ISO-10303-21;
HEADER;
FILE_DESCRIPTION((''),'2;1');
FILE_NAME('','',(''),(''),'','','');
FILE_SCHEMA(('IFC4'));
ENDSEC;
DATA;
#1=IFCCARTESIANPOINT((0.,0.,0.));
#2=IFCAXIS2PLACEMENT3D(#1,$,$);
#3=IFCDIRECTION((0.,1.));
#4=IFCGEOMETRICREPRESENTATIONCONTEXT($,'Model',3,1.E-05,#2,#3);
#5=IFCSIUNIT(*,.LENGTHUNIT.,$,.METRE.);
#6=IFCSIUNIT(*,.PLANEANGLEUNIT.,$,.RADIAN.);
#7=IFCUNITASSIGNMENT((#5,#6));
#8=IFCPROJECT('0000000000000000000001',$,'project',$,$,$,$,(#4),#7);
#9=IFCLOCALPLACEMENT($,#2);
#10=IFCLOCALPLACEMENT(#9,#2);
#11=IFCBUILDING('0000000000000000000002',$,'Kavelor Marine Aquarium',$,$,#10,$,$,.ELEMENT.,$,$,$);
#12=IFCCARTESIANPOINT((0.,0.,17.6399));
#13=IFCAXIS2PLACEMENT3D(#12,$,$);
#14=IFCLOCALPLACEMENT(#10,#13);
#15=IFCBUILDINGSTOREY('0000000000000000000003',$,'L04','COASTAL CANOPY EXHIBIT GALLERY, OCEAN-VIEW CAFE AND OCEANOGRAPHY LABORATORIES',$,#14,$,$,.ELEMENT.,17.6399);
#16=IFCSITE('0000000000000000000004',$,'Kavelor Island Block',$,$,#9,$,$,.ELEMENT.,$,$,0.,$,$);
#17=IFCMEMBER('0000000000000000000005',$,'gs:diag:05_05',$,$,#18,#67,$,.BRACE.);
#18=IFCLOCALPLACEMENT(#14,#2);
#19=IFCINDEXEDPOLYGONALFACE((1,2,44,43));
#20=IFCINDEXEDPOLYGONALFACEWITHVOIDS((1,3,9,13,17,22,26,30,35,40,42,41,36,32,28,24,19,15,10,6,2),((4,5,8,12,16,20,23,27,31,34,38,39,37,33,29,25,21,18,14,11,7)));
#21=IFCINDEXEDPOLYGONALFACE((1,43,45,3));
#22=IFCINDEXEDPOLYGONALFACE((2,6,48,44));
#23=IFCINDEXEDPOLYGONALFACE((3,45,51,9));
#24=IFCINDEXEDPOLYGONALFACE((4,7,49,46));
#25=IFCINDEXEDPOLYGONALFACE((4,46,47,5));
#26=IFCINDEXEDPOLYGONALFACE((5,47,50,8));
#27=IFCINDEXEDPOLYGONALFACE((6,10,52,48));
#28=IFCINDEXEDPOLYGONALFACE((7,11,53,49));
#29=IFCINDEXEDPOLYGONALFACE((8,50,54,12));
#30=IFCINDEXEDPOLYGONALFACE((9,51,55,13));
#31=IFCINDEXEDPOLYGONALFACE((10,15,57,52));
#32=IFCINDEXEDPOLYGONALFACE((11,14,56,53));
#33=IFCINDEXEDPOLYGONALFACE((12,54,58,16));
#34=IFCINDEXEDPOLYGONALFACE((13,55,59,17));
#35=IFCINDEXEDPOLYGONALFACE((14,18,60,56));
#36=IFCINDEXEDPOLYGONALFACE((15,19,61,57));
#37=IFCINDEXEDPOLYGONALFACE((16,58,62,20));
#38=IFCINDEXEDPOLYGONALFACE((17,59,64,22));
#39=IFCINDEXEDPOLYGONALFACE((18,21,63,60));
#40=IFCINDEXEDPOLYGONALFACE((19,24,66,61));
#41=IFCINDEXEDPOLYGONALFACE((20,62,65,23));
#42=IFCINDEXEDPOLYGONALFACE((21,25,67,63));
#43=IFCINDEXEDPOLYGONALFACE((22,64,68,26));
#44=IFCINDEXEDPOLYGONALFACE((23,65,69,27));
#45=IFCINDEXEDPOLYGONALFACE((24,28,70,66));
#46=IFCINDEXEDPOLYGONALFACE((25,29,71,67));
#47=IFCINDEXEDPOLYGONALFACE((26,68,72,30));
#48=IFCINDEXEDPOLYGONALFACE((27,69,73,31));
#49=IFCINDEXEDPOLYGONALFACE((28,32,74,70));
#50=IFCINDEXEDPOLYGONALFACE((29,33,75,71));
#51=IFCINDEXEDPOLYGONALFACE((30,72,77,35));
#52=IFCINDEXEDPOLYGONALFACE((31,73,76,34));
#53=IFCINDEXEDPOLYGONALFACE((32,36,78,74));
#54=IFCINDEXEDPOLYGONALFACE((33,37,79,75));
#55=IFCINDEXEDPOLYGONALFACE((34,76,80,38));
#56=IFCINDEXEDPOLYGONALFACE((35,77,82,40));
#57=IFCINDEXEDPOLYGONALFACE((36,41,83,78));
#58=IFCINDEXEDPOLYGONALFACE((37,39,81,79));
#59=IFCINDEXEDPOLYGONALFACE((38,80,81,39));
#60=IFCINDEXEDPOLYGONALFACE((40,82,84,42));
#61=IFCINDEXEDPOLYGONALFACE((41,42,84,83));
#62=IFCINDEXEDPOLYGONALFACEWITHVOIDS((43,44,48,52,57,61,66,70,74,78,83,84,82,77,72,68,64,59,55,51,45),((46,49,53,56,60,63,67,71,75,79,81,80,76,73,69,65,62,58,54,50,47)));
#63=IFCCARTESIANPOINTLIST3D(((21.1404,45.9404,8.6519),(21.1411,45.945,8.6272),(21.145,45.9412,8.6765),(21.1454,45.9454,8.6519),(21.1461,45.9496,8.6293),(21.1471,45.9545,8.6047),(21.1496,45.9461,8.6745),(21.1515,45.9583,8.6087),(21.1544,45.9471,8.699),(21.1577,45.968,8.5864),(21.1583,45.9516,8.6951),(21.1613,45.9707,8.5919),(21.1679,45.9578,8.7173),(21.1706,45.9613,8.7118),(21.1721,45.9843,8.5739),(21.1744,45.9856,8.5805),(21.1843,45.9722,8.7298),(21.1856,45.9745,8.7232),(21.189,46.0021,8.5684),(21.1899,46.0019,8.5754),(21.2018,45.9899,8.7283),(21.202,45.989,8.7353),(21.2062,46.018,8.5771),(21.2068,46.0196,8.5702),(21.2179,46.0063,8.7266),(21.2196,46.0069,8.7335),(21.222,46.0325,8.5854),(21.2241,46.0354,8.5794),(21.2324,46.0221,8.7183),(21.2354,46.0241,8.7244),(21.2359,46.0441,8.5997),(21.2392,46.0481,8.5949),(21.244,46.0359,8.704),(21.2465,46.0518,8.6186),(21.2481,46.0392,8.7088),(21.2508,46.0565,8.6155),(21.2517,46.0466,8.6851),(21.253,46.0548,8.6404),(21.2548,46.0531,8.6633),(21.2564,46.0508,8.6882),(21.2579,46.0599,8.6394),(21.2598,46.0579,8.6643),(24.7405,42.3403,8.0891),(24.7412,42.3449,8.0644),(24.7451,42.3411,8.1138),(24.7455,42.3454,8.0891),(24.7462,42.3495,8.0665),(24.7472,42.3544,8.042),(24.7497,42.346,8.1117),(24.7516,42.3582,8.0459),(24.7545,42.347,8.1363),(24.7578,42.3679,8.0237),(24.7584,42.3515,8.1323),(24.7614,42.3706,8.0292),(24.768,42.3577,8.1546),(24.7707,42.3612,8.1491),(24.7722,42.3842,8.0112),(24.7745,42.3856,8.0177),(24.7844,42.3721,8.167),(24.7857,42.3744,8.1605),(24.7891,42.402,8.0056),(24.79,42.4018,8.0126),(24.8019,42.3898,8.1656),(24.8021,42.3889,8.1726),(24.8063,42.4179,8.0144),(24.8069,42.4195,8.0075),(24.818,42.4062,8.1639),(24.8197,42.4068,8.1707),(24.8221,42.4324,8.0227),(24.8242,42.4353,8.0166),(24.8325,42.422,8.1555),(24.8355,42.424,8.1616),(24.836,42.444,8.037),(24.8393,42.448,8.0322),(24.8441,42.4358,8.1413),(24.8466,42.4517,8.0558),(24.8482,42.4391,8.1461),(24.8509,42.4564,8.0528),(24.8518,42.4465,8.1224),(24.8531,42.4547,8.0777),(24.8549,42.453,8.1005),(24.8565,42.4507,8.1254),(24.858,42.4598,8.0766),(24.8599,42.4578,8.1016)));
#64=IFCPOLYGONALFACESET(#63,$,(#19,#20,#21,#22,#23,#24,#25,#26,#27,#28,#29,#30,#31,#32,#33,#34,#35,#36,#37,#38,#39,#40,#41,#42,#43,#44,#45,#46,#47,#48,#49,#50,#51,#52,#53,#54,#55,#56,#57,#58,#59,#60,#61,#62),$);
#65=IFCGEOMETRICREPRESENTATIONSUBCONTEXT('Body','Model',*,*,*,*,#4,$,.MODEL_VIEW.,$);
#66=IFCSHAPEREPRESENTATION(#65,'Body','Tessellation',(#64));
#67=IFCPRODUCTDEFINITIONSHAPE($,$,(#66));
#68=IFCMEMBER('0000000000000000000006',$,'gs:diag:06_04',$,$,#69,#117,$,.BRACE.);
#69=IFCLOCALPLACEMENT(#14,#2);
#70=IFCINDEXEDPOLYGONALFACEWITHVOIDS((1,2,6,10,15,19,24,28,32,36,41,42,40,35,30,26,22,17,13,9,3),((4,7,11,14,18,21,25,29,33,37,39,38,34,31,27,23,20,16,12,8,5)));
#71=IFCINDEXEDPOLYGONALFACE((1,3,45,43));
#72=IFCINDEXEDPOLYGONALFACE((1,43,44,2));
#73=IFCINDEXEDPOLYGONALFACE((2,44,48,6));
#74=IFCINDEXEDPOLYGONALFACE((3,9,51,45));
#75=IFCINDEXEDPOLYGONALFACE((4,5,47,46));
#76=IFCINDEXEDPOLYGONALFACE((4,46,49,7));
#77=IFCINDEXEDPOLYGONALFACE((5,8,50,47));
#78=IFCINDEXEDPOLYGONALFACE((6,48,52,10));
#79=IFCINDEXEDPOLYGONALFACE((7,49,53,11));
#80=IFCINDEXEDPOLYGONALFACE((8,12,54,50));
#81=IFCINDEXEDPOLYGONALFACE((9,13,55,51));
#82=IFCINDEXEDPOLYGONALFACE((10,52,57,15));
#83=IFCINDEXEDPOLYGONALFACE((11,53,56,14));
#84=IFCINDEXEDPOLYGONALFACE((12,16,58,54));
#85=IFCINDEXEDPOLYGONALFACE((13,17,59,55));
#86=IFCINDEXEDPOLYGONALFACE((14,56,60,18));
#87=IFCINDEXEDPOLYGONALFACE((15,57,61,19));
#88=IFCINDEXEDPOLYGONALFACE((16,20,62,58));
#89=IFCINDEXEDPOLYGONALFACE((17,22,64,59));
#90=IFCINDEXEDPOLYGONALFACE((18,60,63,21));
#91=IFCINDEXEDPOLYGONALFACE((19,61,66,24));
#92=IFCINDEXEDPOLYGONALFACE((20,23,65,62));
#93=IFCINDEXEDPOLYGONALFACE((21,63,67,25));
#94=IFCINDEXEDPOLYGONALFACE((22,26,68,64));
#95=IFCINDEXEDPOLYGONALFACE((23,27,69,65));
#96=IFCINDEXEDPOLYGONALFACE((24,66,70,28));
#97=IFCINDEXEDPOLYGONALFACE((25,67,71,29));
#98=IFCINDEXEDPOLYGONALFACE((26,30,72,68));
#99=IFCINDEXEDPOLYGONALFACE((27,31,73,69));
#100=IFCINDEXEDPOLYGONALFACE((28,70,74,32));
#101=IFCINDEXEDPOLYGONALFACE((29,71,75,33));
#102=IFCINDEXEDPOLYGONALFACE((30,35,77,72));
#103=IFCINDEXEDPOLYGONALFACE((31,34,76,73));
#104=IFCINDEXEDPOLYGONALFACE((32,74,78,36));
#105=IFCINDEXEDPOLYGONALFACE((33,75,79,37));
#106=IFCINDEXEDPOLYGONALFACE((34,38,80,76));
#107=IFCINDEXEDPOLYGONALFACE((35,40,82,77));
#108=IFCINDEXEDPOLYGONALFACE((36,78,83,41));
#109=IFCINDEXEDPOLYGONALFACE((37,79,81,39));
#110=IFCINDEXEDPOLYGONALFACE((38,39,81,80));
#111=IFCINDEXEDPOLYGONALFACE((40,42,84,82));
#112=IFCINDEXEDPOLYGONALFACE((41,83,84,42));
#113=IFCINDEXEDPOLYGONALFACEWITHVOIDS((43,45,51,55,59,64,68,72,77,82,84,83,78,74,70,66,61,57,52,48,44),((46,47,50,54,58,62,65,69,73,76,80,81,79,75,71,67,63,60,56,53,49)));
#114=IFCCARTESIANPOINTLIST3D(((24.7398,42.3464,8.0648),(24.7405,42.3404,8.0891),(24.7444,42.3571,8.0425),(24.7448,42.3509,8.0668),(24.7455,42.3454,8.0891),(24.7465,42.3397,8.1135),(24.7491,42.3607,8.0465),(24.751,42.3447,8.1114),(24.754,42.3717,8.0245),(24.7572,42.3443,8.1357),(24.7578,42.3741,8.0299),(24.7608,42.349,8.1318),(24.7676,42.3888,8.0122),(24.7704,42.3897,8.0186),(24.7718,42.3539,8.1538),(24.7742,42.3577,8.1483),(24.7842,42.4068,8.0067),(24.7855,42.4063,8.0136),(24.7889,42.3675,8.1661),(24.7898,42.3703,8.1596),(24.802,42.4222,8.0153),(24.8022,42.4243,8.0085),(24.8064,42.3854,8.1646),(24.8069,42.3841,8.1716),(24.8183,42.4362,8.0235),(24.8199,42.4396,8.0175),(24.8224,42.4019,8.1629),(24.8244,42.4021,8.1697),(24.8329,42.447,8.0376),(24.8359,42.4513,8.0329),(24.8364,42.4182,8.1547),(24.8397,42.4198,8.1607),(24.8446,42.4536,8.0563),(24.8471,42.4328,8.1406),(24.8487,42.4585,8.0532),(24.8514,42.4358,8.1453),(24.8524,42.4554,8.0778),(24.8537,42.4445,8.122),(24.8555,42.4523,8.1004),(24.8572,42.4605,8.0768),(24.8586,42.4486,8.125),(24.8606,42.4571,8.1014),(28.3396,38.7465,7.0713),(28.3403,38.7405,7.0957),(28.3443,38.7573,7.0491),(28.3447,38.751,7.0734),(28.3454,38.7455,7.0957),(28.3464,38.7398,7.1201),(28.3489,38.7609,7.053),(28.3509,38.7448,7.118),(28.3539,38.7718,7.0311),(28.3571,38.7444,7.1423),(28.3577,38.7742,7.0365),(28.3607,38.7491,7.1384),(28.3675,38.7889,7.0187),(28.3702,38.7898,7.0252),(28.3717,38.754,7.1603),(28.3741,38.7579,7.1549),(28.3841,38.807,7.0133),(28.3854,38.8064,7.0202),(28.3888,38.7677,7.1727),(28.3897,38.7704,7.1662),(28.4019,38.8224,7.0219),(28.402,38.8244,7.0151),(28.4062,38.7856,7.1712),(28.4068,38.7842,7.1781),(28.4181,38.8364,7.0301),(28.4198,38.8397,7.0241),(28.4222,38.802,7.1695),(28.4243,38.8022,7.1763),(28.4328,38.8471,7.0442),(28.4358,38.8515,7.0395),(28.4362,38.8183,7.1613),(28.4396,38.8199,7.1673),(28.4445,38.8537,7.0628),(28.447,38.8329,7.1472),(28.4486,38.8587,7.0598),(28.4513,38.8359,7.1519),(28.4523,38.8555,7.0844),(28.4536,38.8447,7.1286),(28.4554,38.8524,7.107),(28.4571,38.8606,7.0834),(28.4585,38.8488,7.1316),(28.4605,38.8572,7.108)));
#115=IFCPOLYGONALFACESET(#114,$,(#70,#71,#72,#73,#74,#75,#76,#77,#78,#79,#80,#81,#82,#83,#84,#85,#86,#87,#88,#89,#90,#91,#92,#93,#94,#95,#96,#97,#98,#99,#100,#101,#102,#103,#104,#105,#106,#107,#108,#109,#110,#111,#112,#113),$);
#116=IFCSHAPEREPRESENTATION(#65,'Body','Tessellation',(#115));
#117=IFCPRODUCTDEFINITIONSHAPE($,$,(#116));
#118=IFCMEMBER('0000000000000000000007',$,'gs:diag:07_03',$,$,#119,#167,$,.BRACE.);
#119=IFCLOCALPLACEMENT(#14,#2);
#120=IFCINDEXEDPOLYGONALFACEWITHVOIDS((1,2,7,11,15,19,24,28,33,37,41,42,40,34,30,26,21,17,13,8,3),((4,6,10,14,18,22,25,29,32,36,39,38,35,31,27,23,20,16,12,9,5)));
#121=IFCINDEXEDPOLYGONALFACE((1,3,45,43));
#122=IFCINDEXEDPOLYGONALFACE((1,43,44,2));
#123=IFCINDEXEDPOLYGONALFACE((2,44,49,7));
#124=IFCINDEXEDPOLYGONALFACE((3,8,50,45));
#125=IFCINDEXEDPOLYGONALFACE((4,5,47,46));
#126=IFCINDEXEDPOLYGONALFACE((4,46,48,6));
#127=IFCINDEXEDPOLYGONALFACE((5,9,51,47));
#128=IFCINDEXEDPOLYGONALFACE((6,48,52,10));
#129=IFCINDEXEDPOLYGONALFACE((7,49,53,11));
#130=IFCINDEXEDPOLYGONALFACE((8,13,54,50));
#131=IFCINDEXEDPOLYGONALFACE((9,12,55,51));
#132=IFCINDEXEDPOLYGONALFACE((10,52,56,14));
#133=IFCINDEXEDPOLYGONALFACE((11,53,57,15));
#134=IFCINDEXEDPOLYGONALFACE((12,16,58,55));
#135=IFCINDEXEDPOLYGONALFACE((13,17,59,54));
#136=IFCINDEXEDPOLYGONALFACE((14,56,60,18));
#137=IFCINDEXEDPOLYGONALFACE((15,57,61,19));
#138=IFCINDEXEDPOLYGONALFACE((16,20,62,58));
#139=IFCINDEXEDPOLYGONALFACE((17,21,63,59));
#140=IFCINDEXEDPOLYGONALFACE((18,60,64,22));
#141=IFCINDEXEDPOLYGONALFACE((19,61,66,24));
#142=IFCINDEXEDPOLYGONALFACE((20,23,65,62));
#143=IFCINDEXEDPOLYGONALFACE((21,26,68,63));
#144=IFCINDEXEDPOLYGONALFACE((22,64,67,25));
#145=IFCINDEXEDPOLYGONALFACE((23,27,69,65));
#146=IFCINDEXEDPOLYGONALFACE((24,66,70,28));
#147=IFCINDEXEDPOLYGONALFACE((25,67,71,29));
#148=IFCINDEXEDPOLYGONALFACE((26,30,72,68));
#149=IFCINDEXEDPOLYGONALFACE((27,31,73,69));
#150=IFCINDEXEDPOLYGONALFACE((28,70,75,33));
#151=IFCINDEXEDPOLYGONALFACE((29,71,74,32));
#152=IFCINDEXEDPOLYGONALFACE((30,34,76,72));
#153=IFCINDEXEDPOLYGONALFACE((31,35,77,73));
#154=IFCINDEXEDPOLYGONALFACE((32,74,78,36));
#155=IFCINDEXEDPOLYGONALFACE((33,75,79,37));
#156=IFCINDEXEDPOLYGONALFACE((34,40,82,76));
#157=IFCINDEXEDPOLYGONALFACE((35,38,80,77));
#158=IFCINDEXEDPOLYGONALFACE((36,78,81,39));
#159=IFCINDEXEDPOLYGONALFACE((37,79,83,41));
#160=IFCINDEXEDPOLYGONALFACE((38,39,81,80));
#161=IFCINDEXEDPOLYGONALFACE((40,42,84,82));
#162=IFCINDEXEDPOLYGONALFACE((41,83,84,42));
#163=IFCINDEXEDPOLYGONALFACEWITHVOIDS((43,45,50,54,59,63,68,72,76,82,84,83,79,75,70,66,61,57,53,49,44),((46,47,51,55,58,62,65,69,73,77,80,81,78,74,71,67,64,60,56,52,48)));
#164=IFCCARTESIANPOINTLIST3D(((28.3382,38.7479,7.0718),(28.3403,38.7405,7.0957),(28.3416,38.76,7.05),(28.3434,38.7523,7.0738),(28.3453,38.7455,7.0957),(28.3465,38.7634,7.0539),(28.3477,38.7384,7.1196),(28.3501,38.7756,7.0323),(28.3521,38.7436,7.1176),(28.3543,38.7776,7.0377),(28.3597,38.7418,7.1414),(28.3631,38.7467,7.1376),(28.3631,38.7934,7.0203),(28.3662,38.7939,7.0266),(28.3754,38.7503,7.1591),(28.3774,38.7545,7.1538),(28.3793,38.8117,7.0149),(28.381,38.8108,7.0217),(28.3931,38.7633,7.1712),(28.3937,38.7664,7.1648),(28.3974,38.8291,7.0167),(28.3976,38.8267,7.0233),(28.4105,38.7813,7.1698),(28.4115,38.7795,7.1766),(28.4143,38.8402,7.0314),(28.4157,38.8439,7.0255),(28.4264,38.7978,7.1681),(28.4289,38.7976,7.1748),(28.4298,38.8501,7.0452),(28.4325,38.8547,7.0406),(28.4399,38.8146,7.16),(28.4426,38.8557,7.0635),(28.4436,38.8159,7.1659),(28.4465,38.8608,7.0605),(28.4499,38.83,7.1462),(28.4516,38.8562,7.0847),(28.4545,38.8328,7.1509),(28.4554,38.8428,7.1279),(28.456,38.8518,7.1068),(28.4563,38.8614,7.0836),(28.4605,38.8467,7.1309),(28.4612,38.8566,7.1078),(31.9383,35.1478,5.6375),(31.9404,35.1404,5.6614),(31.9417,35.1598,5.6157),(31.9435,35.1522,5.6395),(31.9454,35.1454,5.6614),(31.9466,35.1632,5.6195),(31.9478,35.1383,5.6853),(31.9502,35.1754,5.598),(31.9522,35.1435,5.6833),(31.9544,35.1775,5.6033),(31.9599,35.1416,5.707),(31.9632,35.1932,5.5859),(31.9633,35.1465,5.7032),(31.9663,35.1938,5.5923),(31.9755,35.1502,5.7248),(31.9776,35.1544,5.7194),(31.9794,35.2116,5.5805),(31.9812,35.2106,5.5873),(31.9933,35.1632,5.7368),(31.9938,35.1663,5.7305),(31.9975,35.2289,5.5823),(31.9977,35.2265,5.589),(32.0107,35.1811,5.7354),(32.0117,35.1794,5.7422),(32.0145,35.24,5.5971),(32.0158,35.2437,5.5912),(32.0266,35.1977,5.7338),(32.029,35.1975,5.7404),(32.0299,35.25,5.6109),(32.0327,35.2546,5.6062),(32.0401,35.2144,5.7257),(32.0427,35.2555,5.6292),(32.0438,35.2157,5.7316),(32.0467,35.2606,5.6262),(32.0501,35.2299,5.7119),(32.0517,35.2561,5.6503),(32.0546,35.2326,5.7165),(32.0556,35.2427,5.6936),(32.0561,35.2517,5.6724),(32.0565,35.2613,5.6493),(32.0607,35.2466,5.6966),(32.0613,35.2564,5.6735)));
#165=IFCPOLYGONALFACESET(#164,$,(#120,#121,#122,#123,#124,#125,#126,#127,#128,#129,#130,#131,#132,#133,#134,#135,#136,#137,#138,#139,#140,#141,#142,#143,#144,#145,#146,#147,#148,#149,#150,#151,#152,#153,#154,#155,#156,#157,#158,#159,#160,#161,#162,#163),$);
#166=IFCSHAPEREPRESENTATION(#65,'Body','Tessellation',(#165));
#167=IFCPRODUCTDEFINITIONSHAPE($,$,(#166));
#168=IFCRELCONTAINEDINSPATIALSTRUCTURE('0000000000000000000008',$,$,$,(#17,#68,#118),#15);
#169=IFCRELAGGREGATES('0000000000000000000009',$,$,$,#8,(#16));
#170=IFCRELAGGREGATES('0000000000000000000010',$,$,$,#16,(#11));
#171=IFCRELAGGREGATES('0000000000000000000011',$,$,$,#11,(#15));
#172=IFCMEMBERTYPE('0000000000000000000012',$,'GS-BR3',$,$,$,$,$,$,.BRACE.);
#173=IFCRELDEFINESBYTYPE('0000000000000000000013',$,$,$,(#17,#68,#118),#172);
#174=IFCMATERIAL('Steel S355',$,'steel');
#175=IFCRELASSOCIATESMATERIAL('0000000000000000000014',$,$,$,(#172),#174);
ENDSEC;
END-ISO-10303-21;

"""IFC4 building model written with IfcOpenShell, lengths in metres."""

from ifc_helpers import new_model, si_unit, direction, frame, origin, origin_2d, place, context, subcontext, project, spatial, hollow_circle, extrude, material, material_profile, profile_set, type_object, element, save


model = new_model("IFC4")

# Units and contexts
model_context = context("Model", 3, precision=1e-05, world=origin(), true_north=direction((0.0, 1.0)))
body_context = subcontext(model_context, "Body", "Model", "MODEL_VIEW")
ifc_project = project(units=[si_unit("LENGTHUNIT", "METRE"), si_unit("PLANEANGLEUNIT", "RADIAN")], contexts=[model_context])

# Site, building, storey
site_placement = place(None, origin())
site = spatial("IfcSite", under=ifc_project, at=site_placement, Name="Kavelor Island Block", CompositionType="ELEMENT", RefElevation=0.0)
building_placement = place(site_placement, origin())
building = spatial("IfcBuilding", under=site, at=building_placement, Name="Kavelor Marine Aquarium", CompositionType="ELEMENT")
storey_placement = place(building_placement, frame((0.0, 0.0, 17.6399)))
storey = spatial("IfcBuildingStorey", under=building, at=storey_placement, Name="L04", Description="COASTAL CANOPY EXHIBIT GALLERY, OCEAN-VIEW CAFE AND OCEANOGRAPHY LABORATORIES", CompositionType="ELEMENT", Elevation=17.6399)

# Members
ifc_material_1 = material(Name="Steel S355", Category="steel")
ifc_material_profile_1 = material_profile(ifc_material_1, hollow_circle(Radius=0.0842, WallThickness=0.0071, at=origin_2d()), Name="CHS 168.3x7.1")
ifc_profile_set_1 = profile_set([ifc_material_profile_1], Name="Steel S355")
member_type_1 = type_object("IfcMemberType", Name="GS-BR3", PredefinedType="BRACE", material=ifc_profile_set_1)
member_1_placement = place(storey_placement, frame((24.8, 42.3999, 8.0891), z_axis=(-0.702827, 0.702827, 0.109861), x_axis=(-0.707107, -0.707107, 0.0)))
element("IfcMember", 1, at=member_1_placement, inside=storey, type_object=member_type_1, Name="gs:diag:05_05", PredefinedType="BRACE", context=body_context, shape_type="SweptSolid", body=[
    extrude(hollow_circle(Radius=0.0842, WallThickness=0.0071, at=origin_2d()), origin(), (0.0, 0.0, 1.0), 5.1223),
])
member_2_placement = place(storey_placement, frame((28.3999, 38.8, 7.0957), z_axis=(-0.694017, 0.694017, 0.19152), x_axis=(-0.707107, -0.707107, 0.0)))
element("IfcMember", 2, at=member_2_placement, inside=storey, type_object=member_type_1, Name="gs:diag:06_04", PredefinedType="BRACE", context=body_context, shape_type="SweptSolid", body=[
    extrude(hollow_circle(Radius=0.0842, WallThickness=0.0071, at=origin_2d()), origin(), (0.0, 0.0, 1.0), 5.187),
])
member_3_placement = place(storey_placement, frame((32.0, 35.2, 5.6614), z_axis=(-0.680613, 0.680613, 0.271165), x_axis=(-0.707107, -0.707107, 0.0)))
element("IfcMember", 3, at=member_3_placement, inside=storey, type_object=member_type_1, Name="gs:diag:07_03", PredefinedType="BRACE", context=body_context, shape_type="SweptSolid", body=[
    extrude(hollow_circle(Radius=0.0842, WallThickness=0.0071, at=origin_2d()), origin(), (0.0, 0.0, 1.0), 5.2896),
])

save(model, "model.ifc")
